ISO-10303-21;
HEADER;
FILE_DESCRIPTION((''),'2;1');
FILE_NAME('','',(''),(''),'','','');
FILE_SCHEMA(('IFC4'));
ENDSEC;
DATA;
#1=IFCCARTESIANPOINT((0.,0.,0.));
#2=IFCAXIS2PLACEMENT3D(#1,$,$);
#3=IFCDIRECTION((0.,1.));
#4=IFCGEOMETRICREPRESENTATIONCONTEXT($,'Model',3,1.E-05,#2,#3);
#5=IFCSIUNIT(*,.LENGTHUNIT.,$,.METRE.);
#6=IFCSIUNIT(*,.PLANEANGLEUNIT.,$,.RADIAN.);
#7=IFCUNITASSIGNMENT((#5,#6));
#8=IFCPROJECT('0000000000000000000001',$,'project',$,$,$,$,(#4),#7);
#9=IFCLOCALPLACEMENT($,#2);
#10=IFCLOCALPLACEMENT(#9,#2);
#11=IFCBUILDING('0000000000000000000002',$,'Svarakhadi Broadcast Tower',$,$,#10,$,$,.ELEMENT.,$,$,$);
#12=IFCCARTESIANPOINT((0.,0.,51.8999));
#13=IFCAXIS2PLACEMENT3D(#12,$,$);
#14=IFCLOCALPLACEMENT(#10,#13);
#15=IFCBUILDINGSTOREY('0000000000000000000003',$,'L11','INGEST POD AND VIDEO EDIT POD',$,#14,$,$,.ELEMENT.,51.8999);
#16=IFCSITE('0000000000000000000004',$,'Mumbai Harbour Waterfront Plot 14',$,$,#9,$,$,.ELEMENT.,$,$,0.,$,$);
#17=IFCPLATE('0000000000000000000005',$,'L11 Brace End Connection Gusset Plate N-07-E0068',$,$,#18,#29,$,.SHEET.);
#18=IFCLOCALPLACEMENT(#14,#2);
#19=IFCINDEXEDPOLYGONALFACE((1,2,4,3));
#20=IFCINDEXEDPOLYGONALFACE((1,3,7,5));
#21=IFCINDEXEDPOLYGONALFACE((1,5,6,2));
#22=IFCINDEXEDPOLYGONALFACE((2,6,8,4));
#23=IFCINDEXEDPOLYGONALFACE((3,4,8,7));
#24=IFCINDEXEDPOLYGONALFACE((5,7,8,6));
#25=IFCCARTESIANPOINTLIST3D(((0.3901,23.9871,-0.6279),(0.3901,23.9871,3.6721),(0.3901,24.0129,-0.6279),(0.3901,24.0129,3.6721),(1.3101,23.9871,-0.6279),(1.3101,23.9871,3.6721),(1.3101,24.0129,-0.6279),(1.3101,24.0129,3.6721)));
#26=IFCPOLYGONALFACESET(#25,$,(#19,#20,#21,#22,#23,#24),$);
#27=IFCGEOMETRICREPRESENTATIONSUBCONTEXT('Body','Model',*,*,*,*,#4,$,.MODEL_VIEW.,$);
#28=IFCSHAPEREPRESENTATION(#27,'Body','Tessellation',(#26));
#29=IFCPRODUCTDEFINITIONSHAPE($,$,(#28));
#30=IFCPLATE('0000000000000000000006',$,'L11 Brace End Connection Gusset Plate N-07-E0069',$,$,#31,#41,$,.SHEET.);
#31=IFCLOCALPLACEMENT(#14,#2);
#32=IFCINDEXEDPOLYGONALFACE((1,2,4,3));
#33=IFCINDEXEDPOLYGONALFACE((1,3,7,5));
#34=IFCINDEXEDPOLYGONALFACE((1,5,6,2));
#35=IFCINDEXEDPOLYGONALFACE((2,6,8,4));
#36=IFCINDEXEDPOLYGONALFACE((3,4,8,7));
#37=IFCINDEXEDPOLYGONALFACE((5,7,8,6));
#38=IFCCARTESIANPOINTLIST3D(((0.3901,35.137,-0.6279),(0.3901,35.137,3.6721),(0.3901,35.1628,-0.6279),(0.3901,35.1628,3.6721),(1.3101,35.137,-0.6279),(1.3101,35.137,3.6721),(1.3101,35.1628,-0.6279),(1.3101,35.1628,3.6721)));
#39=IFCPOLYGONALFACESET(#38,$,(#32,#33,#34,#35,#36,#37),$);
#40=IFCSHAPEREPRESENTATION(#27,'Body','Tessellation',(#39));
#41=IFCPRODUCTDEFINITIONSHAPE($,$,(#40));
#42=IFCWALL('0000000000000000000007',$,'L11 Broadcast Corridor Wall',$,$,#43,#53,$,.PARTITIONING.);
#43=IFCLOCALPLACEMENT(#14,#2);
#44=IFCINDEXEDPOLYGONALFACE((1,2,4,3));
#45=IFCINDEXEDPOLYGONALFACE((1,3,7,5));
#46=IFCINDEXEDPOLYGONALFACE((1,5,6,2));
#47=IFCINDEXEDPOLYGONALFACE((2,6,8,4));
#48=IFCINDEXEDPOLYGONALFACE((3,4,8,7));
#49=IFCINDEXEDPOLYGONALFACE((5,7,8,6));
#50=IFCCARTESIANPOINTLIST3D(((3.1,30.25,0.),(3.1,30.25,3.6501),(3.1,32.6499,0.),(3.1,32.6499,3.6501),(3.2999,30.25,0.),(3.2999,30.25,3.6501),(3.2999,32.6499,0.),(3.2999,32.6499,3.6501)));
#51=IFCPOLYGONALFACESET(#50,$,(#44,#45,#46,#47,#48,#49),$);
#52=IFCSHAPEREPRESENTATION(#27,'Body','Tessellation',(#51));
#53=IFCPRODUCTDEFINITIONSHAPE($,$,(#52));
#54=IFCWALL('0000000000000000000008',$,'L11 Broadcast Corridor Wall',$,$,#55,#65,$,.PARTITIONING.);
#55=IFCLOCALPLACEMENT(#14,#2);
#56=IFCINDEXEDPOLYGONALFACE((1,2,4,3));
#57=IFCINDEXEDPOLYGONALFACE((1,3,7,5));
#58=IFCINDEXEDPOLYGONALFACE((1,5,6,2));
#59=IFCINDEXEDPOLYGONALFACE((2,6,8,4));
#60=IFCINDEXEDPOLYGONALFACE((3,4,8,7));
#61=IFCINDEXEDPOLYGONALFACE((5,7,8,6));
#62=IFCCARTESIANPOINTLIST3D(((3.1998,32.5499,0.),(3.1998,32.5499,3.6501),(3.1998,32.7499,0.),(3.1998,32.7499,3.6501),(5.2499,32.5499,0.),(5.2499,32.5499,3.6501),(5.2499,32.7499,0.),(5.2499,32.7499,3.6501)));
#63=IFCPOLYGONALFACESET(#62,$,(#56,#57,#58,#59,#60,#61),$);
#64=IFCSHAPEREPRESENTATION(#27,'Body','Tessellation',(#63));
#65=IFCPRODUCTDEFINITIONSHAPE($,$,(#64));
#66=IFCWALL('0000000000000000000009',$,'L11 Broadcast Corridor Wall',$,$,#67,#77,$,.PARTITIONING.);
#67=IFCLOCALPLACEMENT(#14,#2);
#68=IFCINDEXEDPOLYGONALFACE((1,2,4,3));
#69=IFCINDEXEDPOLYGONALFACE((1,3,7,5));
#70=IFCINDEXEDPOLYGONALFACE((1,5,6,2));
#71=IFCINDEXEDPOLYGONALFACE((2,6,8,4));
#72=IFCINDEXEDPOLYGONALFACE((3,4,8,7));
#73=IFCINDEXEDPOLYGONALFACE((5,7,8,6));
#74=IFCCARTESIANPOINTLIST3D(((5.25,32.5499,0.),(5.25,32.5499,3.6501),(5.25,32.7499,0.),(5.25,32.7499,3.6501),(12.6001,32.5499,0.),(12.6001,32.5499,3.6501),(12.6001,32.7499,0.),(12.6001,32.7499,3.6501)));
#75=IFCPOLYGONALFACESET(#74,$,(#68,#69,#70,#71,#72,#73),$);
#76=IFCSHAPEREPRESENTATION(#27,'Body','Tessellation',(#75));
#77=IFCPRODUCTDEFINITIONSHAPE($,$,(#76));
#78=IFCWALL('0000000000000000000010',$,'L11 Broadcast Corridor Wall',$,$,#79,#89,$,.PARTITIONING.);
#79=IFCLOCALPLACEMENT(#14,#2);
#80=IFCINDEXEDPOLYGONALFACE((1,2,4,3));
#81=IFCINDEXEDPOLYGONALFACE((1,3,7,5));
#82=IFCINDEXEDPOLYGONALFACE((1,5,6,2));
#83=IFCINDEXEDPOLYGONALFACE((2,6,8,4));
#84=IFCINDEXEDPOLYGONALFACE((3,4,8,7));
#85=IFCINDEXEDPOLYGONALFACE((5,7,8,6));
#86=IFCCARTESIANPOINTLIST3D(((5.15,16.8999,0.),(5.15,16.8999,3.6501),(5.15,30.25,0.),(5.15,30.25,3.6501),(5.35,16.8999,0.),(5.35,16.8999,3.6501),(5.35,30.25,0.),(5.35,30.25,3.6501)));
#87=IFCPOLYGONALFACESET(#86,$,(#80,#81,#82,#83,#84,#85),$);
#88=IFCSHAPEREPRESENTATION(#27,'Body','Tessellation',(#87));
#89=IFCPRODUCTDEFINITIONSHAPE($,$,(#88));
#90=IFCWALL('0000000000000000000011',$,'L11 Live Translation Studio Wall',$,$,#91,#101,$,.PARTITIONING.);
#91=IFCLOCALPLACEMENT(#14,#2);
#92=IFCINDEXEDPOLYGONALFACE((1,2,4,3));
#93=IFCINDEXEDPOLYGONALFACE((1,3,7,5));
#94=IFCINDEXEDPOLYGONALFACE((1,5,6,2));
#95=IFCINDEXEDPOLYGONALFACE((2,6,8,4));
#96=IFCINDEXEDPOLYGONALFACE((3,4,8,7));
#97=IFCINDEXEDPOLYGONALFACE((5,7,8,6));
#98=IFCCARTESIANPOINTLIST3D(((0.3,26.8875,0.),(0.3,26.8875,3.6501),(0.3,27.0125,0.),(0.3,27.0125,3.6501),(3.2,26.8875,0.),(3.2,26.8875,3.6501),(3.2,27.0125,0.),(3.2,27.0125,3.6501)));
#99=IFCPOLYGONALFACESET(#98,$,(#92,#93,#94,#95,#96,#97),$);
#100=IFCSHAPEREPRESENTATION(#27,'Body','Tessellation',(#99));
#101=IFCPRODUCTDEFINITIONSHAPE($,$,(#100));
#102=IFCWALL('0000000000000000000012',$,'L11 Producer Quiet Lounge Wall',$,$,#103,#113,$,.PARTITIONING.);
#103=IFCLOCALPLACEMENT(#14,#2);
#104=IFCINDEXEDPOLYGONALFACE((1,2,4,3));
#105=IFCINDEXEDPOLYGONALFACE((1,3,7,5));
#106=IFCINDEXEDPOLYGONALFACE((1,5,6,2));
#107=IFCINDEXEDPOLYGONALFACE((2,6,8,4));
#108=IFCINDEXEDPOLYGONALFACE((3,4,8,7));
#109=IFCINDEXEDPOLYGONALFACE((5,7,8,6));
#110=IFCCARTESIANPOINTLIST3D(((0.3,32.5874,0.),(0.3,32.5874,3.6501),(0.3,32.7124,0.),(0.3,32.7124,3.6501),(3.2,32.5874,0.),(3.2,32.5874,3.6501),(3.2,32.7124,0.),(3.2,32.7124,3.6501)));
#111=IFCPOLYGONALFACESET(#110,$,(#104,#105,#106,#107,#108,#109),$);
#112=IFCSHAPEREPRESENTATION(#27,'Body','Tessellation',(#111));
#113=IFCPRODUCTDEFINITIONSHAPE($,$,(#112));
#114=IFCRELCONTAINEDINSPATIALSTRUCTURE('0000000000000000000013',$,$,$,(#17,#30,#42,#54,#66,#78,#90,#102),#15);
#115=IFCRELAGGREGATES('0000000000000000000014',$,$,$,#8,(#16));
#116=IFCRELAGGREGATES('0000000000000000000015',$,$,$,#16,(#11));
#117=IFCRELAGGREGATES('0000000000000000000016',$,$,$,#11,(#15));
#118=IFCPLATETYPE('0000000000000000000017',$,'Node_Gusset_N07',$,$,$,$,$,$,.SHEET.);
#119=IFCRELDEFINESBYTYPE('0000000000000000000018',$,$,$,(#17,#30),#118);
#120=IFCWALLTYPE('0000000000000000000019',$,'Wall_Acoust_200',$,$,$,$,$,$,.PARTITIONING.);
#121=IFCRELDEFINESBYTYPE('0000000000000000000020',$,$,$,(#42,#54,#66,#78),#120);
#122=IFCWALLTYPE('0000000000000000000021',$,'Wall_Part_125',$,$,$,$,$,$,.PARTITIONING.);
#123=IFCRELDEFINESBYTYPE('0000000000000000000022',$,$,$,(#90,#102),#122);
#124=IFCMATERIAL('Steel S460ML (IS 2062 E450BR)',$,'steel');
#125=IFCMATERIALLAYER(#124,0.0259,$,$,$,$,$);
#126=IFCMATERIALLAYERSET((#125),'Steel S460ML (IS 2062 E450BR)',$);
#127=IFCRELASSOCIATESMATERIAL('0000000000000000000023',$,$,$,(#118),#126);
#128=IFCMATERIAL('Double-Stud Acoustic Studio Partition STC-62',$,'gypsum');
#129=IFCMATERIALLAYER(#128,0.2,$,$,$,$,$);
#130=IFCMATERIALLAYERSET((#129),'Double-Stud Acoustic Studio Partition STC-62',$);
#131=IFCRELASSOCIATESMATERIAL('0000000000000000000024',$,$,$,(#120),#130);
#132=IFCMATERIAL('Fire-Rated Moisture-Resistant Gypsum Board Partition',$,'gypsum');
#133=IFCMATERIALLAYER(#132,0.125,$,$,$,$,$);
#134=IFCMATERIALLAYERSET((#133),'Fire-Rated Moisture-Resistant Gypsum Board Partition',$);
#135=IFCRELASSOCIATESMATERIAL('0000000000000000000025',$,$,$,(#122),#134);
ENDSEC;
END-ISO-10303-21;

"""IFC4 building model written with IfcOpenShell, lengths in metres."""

from ifc_helpers import new_model, si_unit, direction, frame, frame_2d, origin, origin_2d, place, context, subcontext, project, spatial, rectangle, extrude, material, layer, layer_set, type_object, element, save


model = new_model("IFC4")

# Units and contexts
model_context = context("Model", 3, precision=1e-05, world=origin(), true_north=direction((0.0, 1.0)))
body_context = subcontext(model_context, "Body", "Model", "MODEL_VIEW")
ifc_project = project(units=[si_unit("LENGTHUNIT", "METRE"), si_unit("PLANEANGLEUNIT", "RADIAN")], contexts=[model_context])

# Site, building, storey
site_placement = place(None, origin())
site = spatial("IfcSite", under=ifc_project, at=site_placement, Name="Mumbai Harbour Waterfront Plot 14", CompositionType="ELEMENT", RefElevation=0.0)
building_placement = place(site_placement, origin())
building = spatial("IfcBuilding", under=site, at=building_placement, Name="Svarakhadi Broadcast Tower", CompositionType="ELEMENT")
storey_placement = place(building_placement, frame((0.0, 0.0, 51.8999)))
storey = spatial("IfcBuildingStorey", under=building, at=storey_placement, Name="L11", Description="INGEST POD AND VIDEO EDIT POD", CompositionType="ELEMENT", Elevation=51.8999)

# Shared definitions
ifc_material_1 = material(Name="Steel S460ML (IS 2062 E450BR)", Category="steel")

# Plates
ifc_layer_1 = layer(ifc_material_1, 0.0259)
ifc_layer_set_1 = layer_set([ifc_layer_1], Name="Steel S460ML (IS 2062 E450BR)")
plate_type_1 = type_object("IfcPlateType", Name="Node_Gusset_N07", PredefinedType="SHEET", material=ifc_layer_set_1)
for number, where, z_axis, x_axis, name in (
    (1, (0.8501, 24.0, -0.6279), (0.0, 0.0, 1.0), (1.0, 0.0, 0.0), "L11 Brace End Connection Gusset Plate N-07-E0068"),
    (2, (0.8501, 35.1499, -0.6279), (0.0, 0.0, 1.0), (1.0, 0.0, 0.0), "L11 Brace End Connection Gusset Plate N-07-E0069"),
):
    element("IfcPlate", number, at=place(storey_placement, frame(where, z_axis=z_axis, x_axis=x_axis)), inside=storey, type_object=plate_type_1, Name=name, PredefinedType="SHEET", context=body_context, shape_type="SweptSolid", body=[
        extrude(rectangle(XDim=0.9199, YDim=0.0259, at=origin_2d()), origin(), (0.0, 0.0, 1.0), 4.3),
    ])

# Walls
ifc_material_2 = material(Name="Double-Stud Acoustic Studio Partition STC-62", Category="gypsum")
ifc_layer_2 = layer(ifc_material_2, 0.2)
ifc_layer_set_2 = layer_set([ifc_layer_2], Name="Double-Stud Acoustic Studio Partition STC-62")
wall_type_1 = type_object("IfcWallType", Name="Wall_Acoust_200", PredefinedType="PARTITIONING", material=ifc_layer_set_2)
wall_1_placement = place(storey_placement, frame((3.2, 30.25, 0.0), z_axis=(0.0, 0.0, 1.0), x_axis=(0.0, 1.0, 0.0)))
element("IfcWall", 3, at=wall_1_placement, inside=storey, type_object=wall_type_1, Name="L11 Broadcast Corridor Wall", PredefinedType="PARTITIONING", context=body_context, shape_type="SweptSolid", body=[
    extrude(rectangle(XDim=2.3999, YDim=0.2, at=frame_2d((1.2, 0.0))), origin(), (0.0, 0.0, 1.0), 3.6501),
])
wall_2_placement = place(storey_placement, frame((3.2, 32.6499, 0.0), z_axis=(0.0, 0.0, 1.0), x_axis=(1.0, 0.0, 0.0)))
element("IfcWall", 4, at=wall_2_placement, inside=storey, type_object=wall_type_1, Name="L11 Broadcast Corridor Wall", PredefinedType="PARTITIONING", context=body_context, shape_type="SweptSolid", body=[
    extrude(rectangle(XDim=2.05, YDim=0.2, at=frame_2d((1.0249, 0.0))), origin(), (0.0, 0.0, 1.0), 3.6501),
])
wall_3_placement = place(storey_placement, frame((5.25, 32.6499, 0.0), z_axis=(0.0, 0.0, 1.0), x_axis=(1.0, 0.0, 0.0)))
element("IfcWall", 5, at=wall_3_placement, inside=storey, type_object=wall_type_1, Name="L11 Broadcast Corridor Wall", PredefinedType="PARTITIONING", context=body_context, shape_type="SweptSolid", body=[
    extrude(rectangle(XDim=7.3501, YDim=0.2, at=frame_2d((3.675, 0.0))), origin(), (0.0, 0.0, 1.0), 3.6501),
])
wall_4_placement = place(storey_placement, frame((5.25, 30.25, 0.0), z_axis=(0.0, 0.0, 1.0), x_axis=(0.0, -1.0, 0.0)))
element("IfcWall", 6, at=wall_4_placement, inside=storey, type_object=wall_type_1, Name="L11 Broadcast Corridor Wall", PredefinedType="PARTITIONING", context=body_context, shape_type="SweptSolid", body=[
    extrude(rectangle(XDim=13.3501, YDim=0.2, at=frame_2d((6.675, 0.0))), origin(), (0.0, 0.0, 1.0), 3.6501),
])
ifc_material_3 = material(Name="Fire-Rated Moisture-Resistant Gypsum Board Partition", Category="gypsum")
ifc_layer_3 = layer(ifc_material_3, 0.125)
ifc_layer_set_3 = layer_set([ifc_layer_3], Name="Fire-Rated Moisture-Resistant Gypsum Board Partition")
wall_type_2 = type_object("IfcWallType", Name="Wall_Part_125", PredefinedType="PARTITIONING", material=ifc_layer_set_3)
for number, where, z_axis, x_axis, name in (
    (7, (0.3, 26.95, 0.0), (0.0, 0.0, 1.0), (1.0, 0.0, 0.0), "L11 Live Translation Studio Wall"),
    (8, (0.3, 32.6499, 0.0), (0.0, 0.0, 1.0), (1.0, 0.0, 0.0), "L11 Producer Quiet Lounge Wall"),
):
    element("IfcWall", number, at=place(storey_placement, frame(where, z_axis=z_axis, x_axis=x_axis)), inside=storey, type_object=wall_type_2, Name=name, PredefinedType="PARTITIONING", context=body_context, shape_type="SweptSolid", body=[
        extrude(rectangle(XDim=2.8999, YDim=0.125, at=frame_2d((1.45, 0.0))), origin(), (0.0, 0.0, 1.0), 3.6501),
    ])

save(model, "model.ifc")
